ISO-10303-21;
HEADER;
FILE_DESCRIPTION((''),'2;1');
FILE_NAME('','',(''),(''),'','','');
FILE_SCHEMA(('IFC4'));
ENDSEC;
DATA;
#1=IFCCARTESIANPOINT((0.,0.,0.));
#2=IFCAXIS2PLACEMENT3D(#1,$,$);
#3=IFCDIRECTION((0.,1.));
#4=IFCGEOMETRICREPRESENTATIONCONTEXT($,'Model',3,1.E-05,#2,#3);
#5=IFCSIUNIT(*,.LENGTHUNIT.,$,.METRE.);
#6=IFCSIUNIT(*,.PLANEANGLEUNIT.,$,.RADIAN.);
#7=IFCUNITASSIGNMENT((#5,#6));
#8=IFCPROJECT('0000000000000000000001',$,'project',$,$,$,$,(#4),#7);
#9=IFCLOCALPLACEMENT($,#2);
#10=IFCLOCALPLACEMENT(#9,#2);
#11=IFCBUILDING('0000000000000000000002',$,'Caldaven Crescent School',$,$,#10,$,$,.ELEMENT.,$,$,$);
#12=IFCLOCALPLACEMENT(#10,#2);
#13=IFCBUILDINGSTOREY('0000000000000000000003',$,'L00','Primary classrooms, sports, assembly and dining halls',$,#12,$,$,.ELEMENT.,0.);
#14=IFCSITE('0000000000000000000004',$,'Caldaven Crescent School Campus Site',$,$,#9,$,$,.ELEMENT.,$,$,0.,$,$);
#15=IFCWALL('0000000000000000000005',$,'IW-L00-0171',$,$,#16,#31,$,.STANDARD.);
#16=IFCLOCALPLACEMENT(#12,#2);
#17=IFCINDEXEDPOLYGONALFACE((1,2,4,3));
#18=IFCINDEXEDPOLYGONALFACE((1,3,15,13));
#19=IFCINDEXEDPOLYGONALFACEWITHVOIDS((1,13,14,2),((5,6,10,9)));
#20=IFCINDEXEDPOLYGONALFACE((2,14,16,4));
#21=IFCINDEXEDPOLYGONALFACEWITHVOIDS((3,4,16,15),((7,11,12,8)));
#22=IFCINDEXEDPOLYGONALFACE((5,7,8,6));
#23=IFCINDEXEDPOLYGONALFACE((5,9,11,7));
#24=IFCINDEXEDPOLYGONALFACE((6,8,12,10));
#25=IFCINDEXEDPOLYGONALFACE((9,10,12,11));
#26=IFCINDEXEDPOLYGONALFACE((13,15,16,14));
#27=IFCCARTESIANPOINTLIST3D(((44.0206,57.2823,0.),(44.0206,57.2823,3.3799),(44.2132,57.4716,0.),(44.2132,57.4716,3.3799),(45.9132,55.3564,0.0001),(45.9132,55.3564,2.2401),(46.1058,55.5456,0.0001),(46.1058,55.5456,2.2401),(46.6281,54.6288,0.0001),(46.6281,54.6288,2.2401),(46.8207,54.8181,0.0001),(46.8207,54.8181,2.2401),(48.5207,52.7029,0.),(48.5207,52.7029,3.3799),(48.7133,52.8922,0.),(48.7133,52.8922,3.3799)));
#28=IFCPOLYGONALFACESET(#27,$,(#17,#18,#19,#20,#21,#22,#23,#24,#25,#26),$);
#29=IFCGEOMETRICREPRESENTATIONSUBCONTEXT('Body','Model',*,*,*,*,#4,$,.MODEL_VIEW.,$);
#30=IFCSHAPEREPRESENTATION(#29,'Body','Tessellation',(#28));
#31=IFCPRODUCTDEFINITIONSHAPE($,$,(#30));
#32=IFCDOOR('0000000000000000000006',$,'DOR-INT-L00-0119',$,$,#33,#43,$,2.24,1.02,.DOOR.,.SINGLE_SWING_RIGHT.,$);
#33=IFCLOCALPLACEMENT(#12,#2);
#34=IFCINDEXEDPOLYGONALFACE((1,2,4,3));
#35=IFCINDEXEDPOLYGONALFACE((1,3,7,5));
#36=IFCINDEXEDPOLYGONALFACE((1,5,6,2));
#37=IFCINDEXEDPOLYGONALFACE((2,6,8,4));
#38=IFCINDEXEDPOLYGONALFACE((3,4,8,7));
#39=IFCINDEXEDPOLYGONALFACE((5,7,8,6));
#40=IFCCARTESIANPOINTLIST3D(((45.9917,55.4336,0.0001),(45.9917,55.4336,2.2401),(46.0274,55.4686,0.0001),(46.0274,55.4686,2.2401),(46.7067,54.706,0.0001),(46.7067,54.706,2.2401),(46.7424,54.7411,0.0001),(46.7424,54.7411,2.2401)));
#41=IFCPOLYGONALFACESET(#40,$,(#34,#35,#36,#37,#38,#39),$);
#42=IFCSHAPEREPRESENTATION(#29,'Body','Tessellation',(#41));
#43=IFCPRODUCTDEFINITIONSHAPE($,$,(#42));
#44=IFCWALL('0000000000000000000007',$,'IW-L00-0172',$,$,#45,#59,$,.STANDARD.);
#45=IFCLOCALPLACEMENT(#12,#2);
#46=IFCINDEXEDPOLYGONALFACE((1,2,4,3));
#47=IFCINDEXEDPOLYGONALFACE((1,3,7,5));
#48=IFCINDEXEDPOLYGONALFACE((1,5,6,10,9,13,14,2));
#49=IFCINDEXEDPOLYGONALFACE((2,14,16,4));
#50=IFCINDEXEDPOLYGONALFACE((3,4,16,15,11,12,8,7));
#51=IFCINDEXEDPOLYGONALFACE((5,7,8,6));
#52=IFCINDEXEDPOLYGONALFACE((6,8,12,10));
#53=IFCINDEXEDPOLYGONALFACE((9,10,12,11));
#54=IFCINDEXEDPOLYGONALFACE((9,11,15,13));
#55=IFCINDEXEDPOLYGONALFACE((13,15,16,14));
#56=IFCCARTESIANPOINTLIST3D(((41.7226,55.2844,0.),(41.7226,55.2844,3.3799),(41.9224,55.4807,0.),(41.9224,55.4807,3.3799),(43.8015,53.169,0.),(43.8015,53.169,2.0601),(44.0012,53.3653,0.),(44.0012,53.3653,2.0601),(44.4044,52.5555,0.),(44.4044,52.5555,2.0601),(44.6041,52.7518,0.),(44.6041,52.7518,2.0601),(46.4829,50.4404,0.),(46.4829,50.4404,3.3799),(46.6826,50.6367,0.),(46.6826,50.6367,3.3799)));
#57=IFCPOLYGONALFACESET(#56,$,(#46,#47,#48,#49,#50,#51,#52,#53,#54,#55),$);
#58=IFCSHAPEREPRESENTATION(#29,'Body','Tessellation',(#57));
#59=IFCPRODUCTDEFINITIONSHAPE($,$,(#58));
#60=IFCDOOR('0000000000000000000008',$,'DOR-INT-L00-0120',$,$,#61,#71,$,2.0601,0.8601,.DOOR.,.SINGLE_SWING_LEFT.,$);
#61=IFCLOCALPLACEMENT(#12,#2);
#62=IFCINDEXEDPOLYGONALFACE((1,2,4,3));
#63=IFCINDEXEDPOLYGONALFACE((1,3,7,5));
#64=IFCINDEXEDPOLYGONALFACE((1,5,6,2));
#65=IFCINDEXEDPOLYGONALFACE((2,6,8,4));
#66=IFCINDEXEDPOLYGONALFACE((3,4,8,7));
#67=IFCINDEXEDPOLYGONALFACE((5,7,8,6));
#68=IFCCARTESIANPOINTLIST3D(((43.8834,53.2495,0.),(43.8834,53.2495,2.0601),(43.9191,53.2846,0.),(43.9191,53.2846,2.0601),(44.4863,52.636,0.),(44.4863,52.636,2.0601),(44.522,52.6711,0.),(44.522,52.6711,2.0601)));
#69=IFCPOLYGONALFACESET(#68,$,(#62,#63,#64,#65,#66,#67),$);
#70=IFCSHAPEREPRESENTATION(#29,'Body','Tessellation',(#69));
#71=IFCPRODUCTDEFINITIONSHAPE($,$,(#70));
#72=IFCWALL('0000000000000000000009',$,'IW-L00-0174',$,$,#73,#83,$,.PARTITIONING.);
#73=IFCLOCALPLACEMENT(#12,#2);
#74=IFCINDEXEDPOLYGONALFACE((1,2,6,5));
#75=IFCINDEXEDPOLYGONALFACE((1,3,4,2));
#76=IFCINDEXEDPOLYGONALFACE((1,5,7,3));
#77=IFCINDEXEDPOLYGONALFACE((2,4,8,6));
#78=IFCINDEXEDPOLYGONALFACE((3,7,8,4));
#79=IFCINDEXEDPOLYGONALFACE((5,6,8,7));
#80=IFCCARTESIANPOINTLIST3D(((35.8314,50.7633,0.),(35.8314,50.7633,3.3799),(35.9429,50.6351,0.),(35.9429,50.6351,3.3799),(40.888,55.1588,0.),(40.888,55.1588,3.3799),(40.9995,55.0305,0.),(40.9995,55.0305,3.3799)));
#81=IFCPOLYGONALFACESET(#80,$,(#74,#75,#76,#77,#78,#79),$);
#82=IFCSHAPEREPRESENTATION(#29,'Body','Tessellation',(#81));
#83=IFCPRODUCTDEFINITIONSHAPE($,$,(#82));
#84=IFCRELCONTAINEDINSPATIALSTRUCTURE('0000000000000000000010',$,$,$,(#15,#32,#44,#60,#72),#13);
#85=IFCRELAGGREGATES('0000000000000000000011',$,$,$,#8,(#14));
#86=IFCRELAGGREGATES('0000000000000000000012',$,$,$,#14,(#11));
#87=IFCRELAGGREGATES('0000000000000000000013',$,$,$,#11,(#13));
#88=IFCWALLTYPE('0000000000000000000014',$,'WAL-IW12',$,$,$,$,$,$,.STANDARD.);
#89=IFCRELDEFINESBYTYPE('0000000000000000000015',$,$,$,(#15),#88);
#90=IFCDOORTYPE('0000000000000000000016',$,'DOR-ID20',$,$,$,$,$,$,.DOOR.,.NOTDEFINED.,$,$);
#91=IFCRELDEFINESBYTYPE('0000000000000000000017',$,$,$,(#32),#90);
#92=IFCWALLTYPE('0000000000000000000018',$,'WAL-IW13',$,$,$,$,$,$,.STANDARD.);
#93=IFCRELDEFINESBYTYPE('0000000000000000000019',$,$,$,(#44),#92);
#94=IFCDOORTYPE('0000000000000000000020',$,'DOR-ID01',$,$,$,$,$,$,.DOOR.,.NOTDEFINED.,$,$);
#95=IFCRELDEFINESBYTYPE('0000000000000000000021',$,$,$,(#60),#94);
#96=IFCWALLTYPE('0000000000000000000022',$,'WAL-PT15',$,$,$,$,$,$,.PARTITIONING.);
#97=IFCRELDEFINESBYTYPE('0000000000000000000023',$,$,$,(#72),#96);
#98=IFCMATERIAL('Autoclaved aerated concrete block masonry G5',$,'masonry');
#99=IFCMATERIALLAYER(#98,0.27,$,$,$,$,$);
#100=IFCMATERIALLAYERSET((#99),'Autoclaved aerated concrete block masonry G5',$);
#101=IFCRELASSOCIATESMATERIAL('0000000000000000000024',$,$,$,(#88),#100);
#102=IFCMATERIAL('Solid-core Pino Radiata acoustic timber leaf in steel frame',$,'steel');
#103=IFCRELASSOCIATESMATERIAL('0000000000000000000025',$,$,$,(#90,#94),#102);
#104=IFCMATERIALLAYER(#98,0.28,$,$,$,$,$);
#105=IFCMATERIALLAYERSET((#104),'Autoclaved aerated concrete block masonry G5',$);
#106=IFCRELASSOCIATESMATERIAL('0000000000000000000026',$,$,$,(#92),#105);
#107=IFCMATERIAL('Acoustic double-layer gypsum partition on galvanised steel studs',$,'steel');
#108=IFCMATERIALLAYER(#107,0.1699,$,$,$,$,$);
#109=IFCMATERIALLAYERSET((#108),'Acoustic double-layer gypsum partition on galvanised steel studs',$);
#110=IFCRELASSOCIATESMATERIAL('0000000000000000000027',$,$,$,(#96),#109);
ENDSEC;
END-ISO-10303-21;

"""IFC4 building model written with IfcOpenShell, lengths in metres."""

from ifc_helpers import new_model, si_unit, direction, frame, frame_2d, origin, place, context, subcontext, project, spatial, rectangle, extrude, material, layer, layer_set, type_object, element, fill, save


model = new_model("IFC4")

# Units and contexts
model_context = context("Model", 3, precision=1e-05, world=origin(), true_north=direction((0.0, 1.0)))
body_context = subcontext(model_context, "Body", "Model", "MODEL_VIEW")
ifc_project = project(units=[si_unit("LENGTHUNIT", "METRE"), si_unit("PLANEANGLEUNIT", "RADIAN")], contexts=[model_context])

# Site, building, storey
site_placement = place(None, origin())
site = spatial("IfcSite", under=ifc_project, at=site_placement, Name="Caldaven Crescent School Campus Site", CompositionType="ELEMENT", RefElevation=0.0)
building_placement = place(site_placement, origin())
building = spatial("IfcBuilding", under=site, at=building_placement, Name="Caldaven Crescent School", CompositionType="ELEMENT")
storey_placement = place(building_placement, origin())
storey = spatial("IfcBuildingStorey", under=building, at=storey_placement, Name="L00", Description="Primary classrooms, sports, assembly and dining halls", CompositionType="ELEMENT", Elevation=0.0)

# Walls, openings, doors
ifc_material_1 = material(Name="Autoclaved aerated concrete block masonry G5", Category="masonry")
ifc_layer_1 = layer(ifc_material_1, 0.27)
ifc_layer_set_1 = layer_set([ifc_layer_1], Name="Autoclaved aerated concrete block masonry G5")
wall_type_1 = type_object("IfcWallType", Name="WAL-IW12", PredefinedType="STANDARD", material=ifc_layer_set_1)
wall_1_placement = place(storey_placement, frame((44.1169, 57.377, 0.0), z_axis=(0.0, 0.0, 1.0), x_axis=(0.700901, -0.713259, 0.0)))
wall_1 = element("IfcWall", 1, at=wall_1_placement, inside=storey, type_object=wall_type_1, Name="IW-L00-0171", PredefinedType="STANDARD", context=body_context, shape_type="SweptSolid", body=[
    extrude(rectangle(XDim=6.4204, YDim=0.27, at=frame_2d((3.2102, 0.0))), origin(), (0.0, 0.0, 1.0), 3.3799),
])
opening_1_placement = place(wall_1_placement, frame((2.7002, 0.0, 0.0)))
opening_1 = element("IfcOpeningElement", 2, at=opening_1_placement, cuts=wall_1, PredefinedType="OPENING", context=body_context, shape_type="SweptSolid", body=[
    extrude(rectangle(XDim=1.02, YDim=2.24, at=frame_2d((0.51, 1.1201))), frame((0.0, 0.145, 0.0), z_axis=(0.0, -1.0, 0.0), x_axis=(1.0, 0.0, 0.0)), (0.0, 0.0, 1.0), 0.29),
])
ifc_material_2 = material(Name="Solid-core Pino Radiata acoustic timber leaf in steel frame", Category="steel")
door_type_1 = type_object("IfcDoorType", Name="DOR-ID20", OperationType="NOTDEFINED", PredefinedType="DOOR", material=ifc_material_2)
door_1_placement = place(opening_1_placement, frame((1.02, 0.0, 0.0), z_axis=(0.0, 0.0, 1.0), x_axis=(-1.0, 0.0, 0.0)))
door_1 = element("IfcDoor", 3, at=door_1_placement, inside=storey, type_object=door_type_1, Name="DOR-INT-L00-0119", OperationType="SINGLE_SWING_RIGHT", OverallHeight=2.24, OverallWidth=1.02, PredefinedType="DOOR", context=body_context, shape_type="SweptSolid", body=[
    extrude(rectangle(XDim=1.02, YDim=2.24, at=frame_2d((0.51, 1.1201))), frame((0.0, 0.0249, 0.0), z_axis=(0.0, -1.0, 0.0), x_axis=(1.0, 0.0, 0.0)), (0.0, 0.0, 1.0), 0.05),
])
fill(opening_1, door_1)
ifc_layer_2 = layer(ifc_material_1, 0.28)
ifc_layer_set_2 = layer_set([ifc_layer_2], Name="Autoclaved aerated concrete block masonry G5")
wall_type_2 = type_object("IfcWallType", Name="WAL-IW13", PredefinedType="STANDARD", material=ifc_layer_set_2)
wall_2_placement = place(storey_placement, frame((41.8225, 55.3826, 0.0), z_axis=(0.0, 0.0, 1.0), x_axis=(0.700915, -0.713245, 0.0)))
wall_2 = element("IfcWall", 4, at=wall_2_placement, inside=storey, type_object=wall_type_2, Name="IW-L00-0172", PredefinedType="STANDARD", context=body_context, shape_type="SweptSolid", body=[
    extrude(rectangle(XDim=6.7915, YDim=0.28, at=frame_2d((3.3958, 0.0))), origin(), (0.0, 0.0, 1.0), 3.3799),
])
opening_2_placement = place(wall_2_placement, frame((2.9658, 0.0, 0.0)))
opening_2 = element("IfcOpeningElement", 5, at=opening_2_placement, cuts=wall_2, PredefinedType="OPENING", context=body_context, shape_type="SweptSolid", body=[
    extrude(rectangle(XDim=0.8601, YDim=2.0601, at=frame_2d((0.4302, 1.03))), frame((0.0, 0.1499, 0.0), z_axis=(0.0, -1.0, 0.0), x_axis=(1.0, 0.0, 0.0)), (0.0, 0.0, 1.0), 0.3),
])
door_type_2 = type_object("IfcDoorType", Name="DOR-ID01", OperationType="NOTDEFINED", PredefinedType="DOOR", material=ifc_material_2)
door_2_placement = place(opening_2_placement, origin())
door_2 = element("IfcDoor", 6, at=door_2_placement, inside=storey, type_object=door_type_2, Name="DOR-INT-L00-0120", OperationType="SINGLE_SWING_LEFT", OverallHeight=2.0601, OverallWidth=0.8601, PredefinedType="DOOR", context=body_context, shape_type="SweptSolid", body=[
    extrude(rectangle(XDim=0.8601, YDim=2.0601, at=frame_2d((0.4302, 1.03))), frame((0.0, 0.0249, 0.0), z_axis=(0.0, -1.0, 0.0), x_axis=(1.0, 0.0, 0.0)), (0.0, 0.0, 1.0), 0.05),
])
fill(opening_2, door_2)

# Wall
ifc_material_3 = material(Name="Acoustic double-layer gypsum partition on galvanised steel studs", Category="steel")
ifc_layer_3 = layer(ifc_material_3, 0.1699)
ifc_layer_set_3 = layer_set([ifc_layer_3], Name="Acoustic double-layer gypsum partition on galvanised steel studs")
wall_type_3 = type_object("IfcWallType", Name="WAL-PT15", PredefinedType="PARTITIONING", material=ifc_layer_set_3)
wall_3_placement = place(storey_placement, frame((40.9438, 55.0947, 0.0), z_axis=(0.0, 0.0, 1.0), x_axis=(-0.754722, -0.656045, 0.0)))
element("IfcWall", 7, at=wall_3_placement, inside=storey, type_object=wall_type_3, Name="IW-L00-0174", PredefinedType="PARTITIONING", context=body_context, shape_type="SweptSolid", body=[
    extrude(rectangle(XDim=6.7, YDim=0.1699, at=frame_2d((3.3501, 0.0))), origin(), (0.0, 0.0, 1.0), 3.3799),
])

save(model, "model.ifc")
